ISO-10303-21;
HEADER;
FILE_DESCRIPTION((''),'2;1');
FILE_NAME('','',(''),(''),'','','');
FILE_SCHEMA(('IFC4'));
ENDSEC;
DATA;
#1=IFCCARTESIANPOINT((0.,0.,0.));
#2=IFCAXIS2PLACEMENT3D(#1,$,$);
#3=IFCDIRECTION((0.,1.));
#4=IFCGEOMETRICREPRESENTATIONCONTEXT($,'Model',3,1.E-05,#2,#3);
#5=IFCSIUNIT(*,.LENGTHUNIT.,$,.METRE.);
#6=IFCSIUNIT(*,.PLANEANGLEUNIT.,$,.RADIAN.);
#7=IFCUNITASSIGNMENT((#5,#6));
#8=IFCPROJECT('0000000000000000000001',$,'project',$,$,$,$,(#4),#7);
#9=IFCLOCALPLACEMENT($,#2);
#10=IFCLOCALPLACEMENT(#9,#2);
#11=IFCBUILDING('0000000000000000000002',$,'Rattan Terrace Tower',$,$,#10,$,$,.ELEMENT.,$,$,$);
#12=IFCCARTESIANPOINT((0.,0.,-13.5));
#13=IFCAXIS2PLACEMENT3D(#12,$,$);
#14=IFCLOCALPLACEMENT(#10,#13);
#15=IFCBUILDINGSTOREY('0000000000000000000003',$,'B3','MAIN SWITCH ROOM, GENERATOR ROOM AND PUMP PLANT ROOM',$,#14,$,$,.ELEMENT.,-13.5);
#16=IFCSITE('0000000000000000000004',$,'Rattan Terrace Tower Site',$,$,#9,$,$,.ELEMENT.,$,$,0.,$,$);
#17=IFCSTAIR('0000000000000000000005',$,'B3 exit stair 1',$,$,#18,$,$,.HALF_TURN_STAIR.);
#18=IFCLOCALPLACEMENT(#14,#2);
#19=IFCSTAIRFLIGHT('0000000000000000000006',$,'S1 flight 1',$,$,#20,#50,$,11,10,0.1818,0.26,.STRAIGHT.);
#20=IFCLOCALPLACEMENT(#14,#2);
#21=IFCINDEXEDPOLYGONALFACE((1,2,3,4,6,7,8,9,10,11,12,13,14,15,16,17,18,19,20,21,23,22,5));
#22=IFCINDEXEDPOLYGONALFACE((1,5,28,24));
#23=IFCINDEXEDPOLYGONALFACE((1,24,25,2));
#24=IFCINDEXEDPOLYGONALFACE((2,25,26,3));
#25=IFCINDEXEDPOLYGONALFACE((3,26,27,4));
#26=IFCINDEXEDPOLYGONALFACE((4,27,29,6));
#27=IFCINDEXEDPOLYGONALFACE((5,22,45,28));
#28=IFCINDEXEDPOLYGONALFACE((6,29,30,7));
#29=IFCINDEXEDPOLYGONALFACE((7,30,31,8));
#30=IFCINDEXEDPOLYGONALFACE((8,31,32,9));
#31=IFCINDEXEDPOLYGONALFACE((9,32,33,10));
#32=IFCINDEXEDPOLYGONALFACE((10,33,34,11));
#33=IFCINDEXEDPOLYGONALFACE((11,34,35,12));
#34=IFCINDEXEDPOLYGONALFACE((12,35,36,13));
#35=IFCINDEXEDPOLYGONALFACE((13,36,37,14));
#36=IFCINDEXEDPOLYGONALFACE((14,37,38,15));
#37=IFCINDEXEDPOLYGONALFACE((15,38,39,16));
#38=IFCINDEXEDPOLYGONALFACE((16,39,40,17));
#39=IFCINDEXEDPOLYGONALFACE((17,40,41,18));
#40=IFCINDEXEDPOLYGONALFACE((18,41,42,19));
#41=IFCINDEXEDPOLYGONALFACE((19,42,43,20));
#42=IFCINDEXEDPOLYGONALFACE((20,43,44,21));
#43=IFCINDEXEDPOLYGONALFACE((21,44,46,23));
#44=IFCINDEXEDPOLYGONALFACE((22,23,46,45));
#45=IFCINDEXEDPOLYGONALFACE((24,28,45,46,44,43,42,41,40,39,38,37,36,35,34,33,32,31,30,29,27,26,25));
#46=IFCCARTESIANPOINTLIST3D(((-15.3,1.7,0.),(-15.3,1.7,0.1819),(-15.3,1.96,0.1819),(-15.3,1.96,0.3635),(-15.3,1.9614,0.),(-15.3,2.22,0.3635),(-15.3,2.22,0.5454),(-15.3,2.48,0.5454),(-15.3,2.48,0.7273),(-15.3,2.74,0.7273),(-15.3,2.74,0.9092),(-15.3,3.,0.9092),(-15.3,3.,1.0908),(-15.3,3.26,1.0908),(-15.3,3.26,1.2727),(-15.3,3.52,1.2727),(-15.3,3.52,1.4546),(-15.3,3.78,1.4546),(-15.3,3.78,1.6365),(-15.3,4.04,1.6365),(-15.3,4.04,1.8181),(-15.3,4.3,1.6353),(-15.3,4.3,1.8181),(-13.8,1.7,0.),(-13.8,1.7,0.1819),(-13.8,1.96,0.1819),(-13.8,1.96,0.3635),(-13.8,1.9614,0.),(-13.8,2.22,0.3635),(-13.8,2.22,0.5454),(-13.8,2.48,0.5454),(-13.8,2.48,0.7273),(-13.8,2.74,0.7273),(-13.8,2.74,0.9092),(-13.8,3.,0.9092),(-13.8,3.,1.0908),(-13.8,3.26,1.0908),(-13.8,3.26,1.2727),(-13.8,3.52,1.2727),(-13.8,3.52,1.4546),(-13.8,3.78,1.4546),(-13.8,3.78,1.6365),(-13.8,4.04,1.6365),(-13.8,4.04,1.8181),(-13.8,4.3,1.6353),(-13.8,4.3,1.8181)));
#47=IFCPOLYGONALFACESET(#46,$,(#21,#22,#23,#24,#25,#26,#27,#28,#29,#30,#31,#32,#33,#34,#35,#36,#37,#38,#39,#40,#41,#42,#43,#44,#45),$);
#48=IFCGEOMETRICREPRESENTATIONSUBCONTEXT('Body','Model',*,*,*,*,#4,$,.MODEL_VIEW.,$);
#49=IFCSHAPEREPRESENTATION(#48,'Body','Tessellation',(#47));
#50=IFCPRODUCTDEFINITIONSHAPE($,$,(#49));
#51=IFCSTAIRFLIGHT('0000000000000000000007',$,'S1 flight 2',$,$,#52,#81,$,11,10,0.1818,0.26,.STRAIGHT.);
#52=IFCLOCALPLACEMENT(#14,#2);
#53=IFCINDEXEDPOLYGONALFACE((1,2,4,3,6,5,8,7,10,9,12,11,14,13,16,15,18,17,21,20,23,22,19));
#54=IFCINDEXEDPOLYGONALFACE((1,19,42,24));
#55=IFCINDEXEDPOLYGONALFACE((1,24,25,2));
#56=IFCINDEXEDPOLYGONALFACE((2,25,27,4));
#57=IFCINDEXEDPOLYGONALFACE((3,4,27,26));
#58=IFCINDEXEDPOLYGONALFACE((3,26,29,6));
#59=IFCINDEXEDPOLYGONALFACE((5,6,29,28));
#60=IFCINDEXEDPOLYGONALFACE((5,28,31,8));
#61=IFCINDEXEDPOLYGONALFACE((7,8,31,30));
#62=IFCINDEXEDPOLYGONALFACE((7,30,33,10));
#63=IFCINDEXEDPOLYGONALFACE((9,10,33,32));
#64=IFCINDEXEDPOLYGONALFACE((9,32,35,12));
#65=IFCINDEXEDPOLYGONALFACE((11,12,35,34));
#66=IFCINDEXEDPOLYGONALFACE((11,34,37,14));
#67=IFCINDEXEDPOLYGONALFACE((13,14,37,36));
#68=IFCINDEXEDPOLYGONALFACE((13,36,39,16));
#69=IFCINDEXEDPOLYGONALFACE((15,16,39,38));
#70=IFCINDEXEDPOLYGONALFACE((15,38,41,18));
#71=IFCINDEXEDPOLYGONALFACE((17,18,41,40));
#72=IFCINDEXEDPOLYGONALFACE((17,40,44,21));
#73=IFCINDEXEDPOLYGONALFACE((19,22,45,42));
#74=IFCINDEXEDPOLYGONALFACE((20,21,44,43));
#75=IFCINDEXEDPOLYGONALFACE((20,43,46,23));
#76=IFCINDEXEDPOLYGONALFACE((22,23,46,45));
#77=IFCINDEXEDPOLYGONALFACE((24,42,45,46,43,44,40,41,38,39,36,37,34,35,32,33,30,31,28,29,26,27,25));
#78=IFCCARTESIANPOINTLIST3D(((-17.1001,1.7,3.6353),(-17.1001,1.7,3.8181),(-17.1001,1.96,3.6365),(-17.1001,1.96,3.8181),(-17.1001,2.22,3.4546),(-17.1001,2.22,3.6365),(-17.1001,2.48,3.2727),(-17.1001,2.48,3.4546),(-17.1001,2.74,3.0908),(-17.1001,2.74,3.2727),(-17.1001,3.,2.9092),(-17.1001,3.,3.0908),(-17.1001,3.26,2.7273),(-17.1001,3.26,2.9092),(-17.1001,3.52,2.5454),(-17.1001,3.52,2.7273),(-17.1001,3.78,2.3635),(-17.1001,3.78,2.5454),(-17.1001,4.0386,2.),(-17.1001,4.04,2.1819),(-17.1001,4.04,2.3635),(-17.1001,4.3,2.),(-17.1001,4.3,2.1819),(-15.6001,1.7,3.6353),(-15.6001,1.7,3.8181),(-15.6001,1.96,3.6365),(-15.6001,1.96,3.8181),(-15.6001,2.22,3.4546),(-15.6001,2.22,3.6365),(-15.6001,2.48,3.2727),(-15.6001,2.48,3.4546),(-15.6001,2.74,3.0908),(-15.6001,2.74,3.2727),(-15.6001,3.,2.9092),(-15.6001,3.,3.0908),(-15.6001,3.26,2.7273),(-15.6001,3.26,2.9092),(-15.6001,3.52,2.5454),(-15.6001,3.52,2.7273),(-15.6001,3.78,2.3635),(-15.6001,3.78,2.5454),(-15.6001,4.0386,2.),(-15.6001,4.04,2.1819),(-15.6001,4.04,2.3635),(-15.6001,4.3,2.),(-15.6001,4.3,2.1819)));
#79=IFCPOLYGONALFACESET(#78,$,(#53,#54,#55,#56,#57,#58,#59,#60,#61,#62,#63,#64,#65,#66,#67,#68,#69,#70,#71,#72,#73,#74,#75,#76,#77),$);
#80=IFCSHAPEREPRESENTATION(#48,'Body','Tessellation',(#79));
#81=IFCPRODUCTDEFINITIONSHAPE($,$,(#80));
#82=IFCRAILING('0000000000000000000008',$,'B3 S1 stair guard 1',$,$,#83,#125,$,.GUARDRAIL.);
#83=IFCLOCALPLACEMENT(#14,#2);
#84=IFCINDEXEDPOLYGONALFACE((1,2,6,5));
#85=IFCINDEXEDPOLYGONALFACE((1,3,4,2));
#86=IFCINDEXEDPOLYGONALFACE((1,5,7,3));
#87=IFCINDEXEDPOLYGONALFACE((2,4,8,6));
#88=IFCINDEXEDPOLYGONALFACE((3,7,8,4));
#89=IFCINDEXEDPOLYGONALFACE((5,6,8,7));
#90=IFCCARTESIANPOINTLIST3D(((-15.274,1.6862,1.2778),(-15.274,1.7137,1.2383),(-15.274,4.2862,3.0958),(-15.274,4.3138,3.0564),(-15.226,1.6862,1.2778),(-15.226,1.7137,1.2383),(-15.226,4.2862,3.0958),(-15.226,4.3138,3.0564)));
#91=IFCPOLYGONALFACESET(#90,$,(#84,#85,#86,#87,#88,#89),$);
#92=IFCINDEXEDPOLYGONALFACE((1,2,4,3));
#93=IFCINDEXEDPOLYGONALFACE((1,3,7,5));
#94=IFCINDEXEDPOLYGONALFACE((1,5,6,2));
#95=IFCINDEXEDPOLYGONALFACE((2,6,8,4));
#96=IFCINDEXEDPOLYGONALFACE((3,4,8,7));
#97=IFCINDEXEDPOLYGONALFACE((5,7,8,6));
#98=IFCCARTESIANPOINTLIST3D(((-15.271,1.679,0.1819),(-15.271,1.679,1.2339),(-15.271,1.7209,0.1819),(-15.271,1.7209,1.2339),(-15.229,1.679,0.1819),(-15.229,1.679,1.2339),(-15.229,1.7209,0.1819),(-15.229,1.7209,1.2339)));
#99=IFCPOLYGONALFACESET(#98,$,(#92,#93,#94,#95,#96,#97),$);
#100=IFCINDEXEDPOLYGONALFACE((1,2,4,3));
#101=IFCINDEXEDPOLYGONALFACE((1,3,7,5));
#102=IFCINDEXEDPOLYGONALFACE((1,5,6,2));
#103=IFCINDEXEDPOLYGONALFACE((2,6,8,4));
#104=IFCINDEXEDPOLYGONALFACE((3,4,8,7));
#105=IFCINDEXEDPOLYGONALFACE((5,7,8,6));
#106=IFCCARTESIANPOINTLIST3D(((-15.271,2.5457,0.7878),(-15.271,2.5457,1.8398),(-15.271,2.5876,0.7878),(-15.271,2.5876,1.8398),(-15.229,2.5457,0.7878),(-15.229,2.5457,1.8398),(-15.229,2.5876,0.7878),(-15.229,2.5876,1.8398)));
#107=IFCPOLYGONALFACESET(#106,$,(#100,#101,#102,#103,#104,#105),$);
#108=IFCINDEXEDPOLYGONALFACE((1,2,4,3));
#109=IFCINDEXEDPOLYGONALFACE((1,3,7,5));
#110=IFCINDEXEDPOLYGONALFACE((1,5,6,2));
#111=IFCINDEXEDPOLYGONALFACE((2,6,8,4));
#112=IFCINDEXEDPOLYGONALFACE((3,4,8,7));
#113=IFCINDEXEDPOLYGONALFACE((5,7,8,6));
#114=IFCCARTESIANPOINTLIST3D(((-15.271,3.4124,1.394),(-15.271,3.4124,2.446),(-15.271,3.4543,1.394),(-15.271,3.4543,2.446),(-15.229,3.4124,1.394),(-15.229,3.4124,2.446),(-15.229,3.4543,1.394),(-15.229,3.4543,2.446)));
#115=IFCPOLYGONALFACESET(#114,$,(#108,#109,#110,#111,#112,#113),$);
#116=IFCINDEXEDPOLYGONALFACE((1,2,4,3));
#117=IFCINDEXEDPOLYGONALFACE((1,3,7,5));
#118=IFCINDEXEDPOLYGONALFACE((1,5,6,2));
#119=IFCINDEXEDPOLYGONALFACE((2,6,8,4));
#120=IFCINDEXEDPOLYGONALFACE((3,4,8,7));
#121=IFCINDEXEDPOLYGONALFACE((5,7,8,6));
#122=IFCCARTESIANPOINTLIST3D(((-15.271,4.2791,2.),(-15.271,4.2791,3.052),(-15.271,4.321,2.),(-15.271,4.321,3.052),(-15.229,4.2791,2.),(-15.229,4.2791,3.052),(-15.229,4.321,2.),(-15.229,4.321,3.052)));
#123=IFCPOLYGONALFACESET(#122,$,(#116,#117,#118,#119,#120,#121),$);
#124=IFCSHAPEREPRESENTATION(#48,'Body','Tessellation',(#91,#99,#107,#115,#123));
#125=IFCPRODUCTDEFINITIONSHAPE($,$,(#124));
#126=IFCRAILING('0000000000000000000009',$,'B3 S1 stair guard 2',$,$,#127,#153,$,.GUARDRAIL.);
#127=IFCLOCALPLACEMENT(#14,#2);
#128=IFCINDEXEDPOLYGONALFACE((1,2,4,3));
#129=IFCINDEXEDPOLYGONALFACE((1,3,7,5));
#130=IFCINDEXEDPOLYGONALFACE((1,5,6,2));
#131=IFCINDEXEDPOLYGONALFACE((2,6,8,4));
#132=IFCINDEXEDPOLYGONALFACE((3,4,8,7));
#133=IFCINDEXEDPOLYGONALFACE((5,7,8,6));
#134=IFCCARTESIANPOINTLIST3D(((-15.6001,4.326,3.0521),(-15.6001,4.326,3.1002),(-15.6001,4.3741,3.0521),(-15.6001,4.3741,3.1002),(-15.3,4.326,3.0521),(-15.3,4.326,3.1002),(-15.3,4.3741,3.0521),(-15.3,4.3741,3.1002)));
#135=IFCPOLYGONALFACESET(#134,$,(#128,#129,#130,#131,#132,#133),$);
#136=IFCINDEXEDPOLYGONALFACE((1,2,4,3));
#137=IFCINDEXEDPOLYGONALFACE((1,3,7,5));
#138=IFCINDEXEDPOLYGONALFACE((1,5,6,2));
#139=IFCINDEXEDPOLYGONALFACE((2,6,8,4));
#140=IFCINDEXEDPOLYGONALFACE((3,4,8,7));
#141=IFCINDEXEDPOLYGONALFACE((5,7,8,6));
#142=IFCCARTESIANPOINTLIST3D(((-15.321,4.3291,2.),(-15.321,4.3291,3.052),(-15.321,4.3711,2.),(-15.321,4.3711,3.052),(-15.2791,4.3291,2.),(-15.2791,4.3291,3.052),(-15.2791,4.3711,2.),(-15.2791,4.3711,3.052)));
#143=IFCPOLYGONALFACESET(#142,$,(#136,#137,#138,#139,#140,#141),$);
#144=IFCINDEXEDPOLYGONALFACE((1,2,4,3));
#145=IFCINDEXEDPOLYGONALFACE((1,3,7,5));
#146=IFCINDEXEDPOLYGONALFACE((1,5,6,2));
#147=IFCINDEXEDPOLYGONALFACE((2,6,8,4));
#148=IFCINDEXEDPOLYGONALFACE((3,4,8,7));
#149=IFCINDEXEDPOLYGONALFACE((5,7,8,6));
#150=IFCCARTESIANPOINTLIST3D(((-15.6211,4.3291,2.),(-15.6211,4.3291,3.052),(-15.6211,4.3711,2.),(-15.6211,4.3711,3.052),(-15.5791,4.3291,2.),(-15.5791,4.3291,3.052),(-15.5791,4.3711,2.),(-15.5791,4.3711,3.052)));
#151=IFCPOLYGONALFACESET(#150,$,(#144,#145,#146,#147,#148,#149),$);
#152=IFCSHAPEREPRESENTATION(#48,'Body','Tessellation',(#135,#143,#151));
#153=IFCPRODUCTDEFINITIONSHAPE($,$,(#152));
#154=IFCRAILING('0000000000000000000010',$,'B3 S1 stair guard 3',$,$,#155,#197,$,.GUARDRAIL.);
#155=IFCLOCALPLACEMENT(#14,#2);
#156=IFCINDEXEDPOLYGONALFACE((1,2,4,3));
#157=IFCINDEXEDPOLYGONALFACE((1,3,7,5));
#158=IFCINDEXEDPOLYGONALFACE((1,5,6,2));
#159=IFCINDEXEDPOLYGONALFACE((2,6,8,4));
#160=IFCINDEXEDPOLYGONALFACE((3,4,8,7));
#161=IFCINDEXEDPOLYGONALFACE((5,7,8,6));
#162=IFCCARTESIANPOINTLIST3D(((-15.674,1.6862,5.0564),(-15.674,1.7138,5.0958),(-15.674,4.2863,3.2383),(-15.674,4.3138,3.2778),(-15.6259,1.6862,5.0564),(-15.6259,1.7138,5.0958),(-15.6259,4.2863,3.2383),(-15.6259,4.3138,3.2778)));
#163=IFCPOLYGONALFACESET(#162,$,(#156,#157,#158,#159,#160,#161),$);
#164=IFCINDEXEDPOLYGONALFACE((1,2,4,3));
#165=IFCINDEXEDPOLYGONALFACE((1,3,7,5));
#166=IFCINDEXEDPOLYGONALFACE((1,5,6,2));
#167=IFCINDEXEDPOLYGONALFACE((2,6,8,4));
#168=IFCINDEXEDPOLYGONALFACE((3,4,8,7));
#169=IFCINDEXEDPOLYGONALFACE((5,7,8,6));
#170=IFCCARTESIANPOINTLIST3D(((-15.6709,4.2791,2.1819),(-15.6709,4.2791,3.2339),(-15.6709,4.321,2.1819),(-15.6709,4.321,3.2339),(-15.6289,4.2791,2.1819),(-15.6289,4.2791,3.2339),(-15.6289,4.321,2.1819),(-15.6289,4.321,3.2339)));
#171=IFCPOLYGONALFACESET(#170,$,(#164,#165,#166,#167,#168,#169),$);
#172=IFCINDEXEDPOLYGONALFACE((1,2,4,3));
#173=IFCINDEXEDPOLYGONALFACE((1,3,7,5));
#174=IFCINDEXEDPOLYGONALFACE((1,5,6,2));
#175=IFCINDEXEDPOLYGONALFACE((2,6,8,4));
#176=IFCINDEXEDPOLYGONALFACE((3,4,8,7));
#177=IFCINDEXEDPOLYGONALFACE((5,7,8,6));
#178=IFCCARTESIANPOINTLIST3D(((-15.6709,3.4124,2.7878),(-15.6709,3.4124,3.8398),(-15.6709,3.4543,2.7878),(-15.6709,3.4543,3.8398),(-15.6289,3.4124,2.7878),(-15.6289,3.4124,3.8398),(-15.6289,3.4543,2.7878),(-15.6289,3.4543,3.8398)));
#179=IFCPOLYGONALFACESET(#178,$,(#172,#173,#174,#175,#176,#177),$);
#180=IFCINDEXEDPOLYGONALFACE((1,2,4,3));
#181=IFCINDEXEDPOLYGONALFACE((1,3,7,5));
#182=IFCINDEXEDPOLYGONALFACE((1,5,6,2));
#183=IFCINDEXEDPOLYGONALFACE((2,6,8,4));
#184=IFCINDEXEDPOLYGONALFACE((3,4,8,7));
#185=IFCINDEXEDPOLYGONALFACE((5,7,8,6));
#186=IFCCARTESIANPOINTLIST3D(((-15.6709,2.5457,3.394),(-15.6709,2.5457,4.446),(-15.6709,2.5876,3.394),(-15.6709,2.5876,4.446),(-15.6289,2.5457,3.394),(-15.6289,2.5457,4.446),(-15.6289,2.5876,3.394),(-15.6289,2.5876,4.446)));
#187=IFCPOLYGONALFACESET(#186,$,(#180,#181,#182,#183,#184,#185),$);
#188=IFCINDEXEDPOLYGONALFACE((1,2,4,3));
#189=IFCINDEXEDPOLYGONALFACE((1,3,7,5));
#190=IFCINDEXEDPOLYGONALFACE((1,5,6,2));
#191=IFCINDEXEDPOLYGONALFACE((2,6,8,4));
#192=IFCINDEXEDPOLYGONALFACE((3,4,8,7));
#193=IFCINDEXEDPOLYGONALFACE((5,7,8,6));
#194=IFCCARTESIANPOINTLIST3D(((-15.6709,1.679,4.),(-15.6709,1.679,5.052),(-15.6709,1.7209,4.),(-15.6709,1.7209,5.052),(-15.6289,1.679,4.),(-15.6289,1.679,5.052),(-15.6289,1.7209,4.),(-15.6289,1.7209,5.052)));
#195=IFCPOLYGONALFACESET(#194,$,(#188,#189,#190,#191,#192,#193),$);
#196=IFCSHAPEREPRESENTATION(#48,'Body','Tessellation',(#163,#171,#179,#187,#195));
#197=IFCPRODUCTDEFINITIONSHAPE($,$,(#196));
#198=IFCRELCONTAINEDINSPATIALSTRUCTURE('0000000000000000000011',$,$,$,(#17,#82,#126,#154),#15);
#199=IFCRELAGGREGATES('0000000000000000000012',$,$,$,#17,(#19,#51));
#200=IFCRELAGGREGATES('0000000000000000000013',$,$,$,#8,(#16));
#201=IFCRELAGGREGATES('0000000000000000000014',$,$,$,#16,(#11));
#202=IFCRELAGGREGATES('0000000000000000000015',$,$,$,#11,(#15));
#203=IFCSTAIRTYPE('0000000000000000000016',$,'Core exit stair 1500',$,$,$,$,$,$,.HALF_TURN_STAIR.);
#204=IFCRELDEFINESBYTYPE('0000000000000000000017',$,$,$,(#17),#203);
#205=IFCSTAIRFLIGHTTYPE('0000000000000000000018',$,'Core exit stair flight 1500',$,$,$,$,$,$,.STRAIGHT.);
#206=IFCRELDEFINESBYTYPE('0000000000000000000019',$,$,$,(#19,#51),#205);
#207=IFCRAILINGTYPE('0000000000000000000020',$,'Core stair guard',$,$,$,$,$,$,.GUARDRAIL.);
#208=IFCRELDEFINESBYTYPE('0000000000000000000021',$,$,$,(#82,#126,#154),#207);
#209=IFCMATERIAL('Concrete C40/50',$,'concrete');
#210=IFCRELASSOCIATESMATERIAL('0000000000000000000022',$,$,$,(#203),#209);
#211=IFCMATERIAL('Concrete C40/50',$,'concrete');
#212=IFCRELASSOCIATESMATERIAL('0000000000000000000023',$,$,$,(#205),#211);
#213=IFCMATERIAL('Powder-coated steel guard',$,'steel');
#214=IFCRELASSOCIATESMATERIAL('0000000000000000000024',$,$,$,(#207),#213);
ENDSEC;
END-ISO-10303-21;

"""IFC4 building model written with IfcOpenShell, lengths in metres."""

from ifc_helpers import new_model, si_unit, direction, frame, origin, origin_2d, place, context, subcontext, project, spatial, polyline, rectangle, outline, extrude, material, type_object, element, aggregate, save


model = new_model("IFC4")

# Units and contexts
model_context = context("Model", 3, precision=1e-05, world=origin(), true_north=direction((0.0, 1.0)))
body_context = subcontext(model_context, "Body", "Model", "MODEL_VIEW")
ifc_project = project(units=[si_unit("LENGTHUNIT", "METRE"), si_unit("PLANEANGLEUNIT", "RADIAN")], contexts=[model_context])

# Site, building, storey
site_placement = place(None, origin())
site = spatial("IfcSite", under=ifc_project, at=site_placement, Name="Rattan Terrace Tower Site", CompositionType="ELEMENT", RefElevation=0.0)
building_placement = place(site_placement, origin())
building = spatial("IfcBuilding", under=site, at=building_placement, Name="Rattan Terrace Tower", CompositionType="ELEMENT")
storey_placement = place(building_placement, frame((0.0, 0.0, -13.5)))
storey = spatial("IfcBuildingStorey", under=building, at=storey_placement, Name="B3", Description="MAIN SWITCH ROOM, GENERATOR ROOM AND PUMP PLANT ROOM", CompositionType="ELEMENT", Elevation=-13.5)

# Stair, stair flights
ifc_material_1 = material(Name="Concrete C40/50", Category="concrete")
stair_type = type_object("IfcStairType", Name="Core exit stair 1500", PredefinedType="HALF_TURN_STAIR", material=ifc_material_1)
stair_placement = place(storey_placement, origin())
stair = element("IfcStair", 1, at=stair_placement, inside=storey, type_object=stair_type, Name="B3 exit stair 1", PredefinedType="HALF_TURN_STAIR")
ifc_material_2 = material(Name="Concrete C40/50", Category="concrete")
stair_flight_type = type_object("IfcStairFlightType", Name="Core exit stair flight 1500", PredefinedType="STRAIGHT", material=ifc_material_2)
stair_flight_1_placement = place(storey_placement, frame((-14.55, 1.7, 0.0), z_axis=(0.0, 0.0, 1.0), x_axis=(0.0, 1.0, 0.0)))
stair_flight_1 = element("IfcStairFlight", 2, at=stair_flight_1_placement, type_object=stair_flight_type, Name="S1 flight 1", NumberOfRisers=11, NumberOfTreads=10, PredefinedType="STRAIGHT", RiserHeight=0.1818, TreadLength=0.26, context=body_context, shape_type="SweptSolid", body=[
    extrude(outline(polyline([(0.0, 0.0), (0.0, 0.1819), (0.26, 0.1819), (0.26, 0.3635), (0.52, 0.3635), (0.52, 0.5454), (0.78, 0.5454), (0.78, 0.7273), (1.04, 0.7273), (1.04, 0.9092), (1.3, 0.9092), (1.3, 1.0908), (1.5601, 1.0908), (1.5601, 1.2727), (1.8201, 1.2727), (1.8201, 1.4546), (2.0801, 1.4546), (2.0801, 1.6365), (2.3401, 1.6365), (2.3401, 1.8181), (2.6001, 1.8181), (2.6001, 2.0), (2.6001, 1.6353), (0.2615, 0.0), (0.0, 0.0)])), frame((0.0, 0.75, 0.0), z_axis=(0.0, -1.0, 0.0), x_axis=(1.0, 0.0, 0.0)), (0.0, 0.0, 1.0), 1.5),
])
stair_flight_2_placement = place(storey_placement, frame((-16.3501, 4.3, 2.0), z_axis=(0.0, 0.0, 1.0), x_axis=(0.0, -1.0, 0.0)))
stair_flight_2 = element("IfcStairFlight", 3, at=stair_flight_2_placement, type_object=stair_flight_type, Name="S1 flight 2", NumberOfRisers=11, NumberOfTreads=10, PredefinedType="STRAIGHT", RiserHeight=0.1818, TreadLength=0.26, context=body_context, shape_type="SweptSolid", body=[
    extrude(outline(polyline([(0.0, 0.0), (0.0, 0.1819), (0.26, 0.1819), (0.26, 0.3635), (0.52, 0.3635), (0.52, 0.5454), (0.78, 0.5454), (0.78, 0.7273), (1.04, 0.7273), (1.04, 0.9092), (1.3, 0.9092), (1.3, 1.0908), (1.5601, 1.0908), (1.5601, 1.2727), (1.8201, 1.2727), (1.8201, 1.4546), (2.0801, 1.4546), (2.0801, 1.6365), (2.3401, 1.6365), (2.3401, 1.8181), (2.6001, 1.8181), (2.6001, 2.0), (2.6001, 1.6353), (0.2615, 0.0), (0.0, 0.0)])), frame((0.0, 0.75, 0.0), z_axis=(0.0, -1.0, 0.0), x_axis=(1.0, 0.0, 0.0)), (0.0, 0.0, 1.0), 1.5),
])
aggregate(stair, [stair_flight_1, stair_flight_2])

# Railings
ifc_material_3 = material(Name="Powder-coated steel guard", Category="steel")
railing_type_1 = type_object("IfcRailingType", Name="Core stair guard", PredefinedType="GUARDRAIL", material=ifc_material_3)
railing_1_placement = place(storey_placement, frame((-15.25, 1.7, 0.1819)))
element("IfcRailing", 4, at=railing_1_placement, inside=storey, type_object=railing_type_1, Name="B3 S1 stair guard 1", PredefinedType="GUARDRAIL", context=body_context, shape_type="SweptSolid", body=[
    extrude(rectangle(XDim=0.0481, YDim=0.0481, at=origin_2d()), frame((0.0, 0.0, 1.0762), z_axis=(0.0, 0.819521, 0.573049), x_axis=(-1.0, 0.0, 0.0)), (0.0, 0.0, 1.0), 3.1726),
    extrude(rectangle(XDim=0.042, YDim=0.042, at=origin_2d()), origin(), (0.0, 0.0, 1.0), 1.052),
    extrude(rectangle(XDim=0.042, YDim=0.042, at=origin_2d()), frame((0.0, 0.8667, 0.606)), (0.0, 0.0, 1.0), 1.052),
    extrude(rectangle(XDim=0.042, YDim=0.042, at=origin_2d()), frame((0.0, 1.7334, 1.2122)), (0.0, 0.0, 1.0), 1.052),
    extrude(rectangle(XDim=0.042, YDim=0.042, at=origin_2d()), frame((0.0, 2.6001, 1.8181)), (0.0, 0.0, 1.0), 1.052),
])
railing_2_placement = place(storey_placement, frame((-15.3, 4.3501, 2.0)))
element("IfcRailing", 5, at=railing_2_placement, inside=storey, type_object=railing_type_1, Name="B3 S1 stair guard 2", PredefinedType="GUARDRAIL", context=body_context, shape_type="SweptSolid", body=[
    extrude(rectangle(XDim=0.0481, YDim=0.0481, at=origin_2d()), frame((0.0, 0.0, 1.0762), z_axis=(-1.0, 0.0, 0.0), x_axis=(0.0, -1.0, 0.0)), (0.0, 0.0, 1.0), 0.3),
    extrude(rectangle(XDim=0.042, YDim=0.042, at=origin_2d()), origin(), (0.0, 0.0, 1.0), 1.052),
    extrude(rectangle(XDim=0.042, YDim=0.042, at=origin_2d()), frame((-0.3, 0.0, 0.0)), (0.0, 0.0, 1.0), 1.052),
])
railing_3_placement = place(storey_placement, frame((-15.6499, 4.3, 2.1819)))
element("IfcRailing", 6, at=railing_3_placement, inside=storey, type_object=railing_type_1, Name="B3 S1 stair guard 3", PredefinedType="GUARDRAIL", context=body_context, shape_type="SweptSolid", body=[
    extrude(rectangle(XDim=0.0481, YDim=0.0481, at=origin_2d()), frame((0.0, 0.0, 1.0762), z_axis=(0.0, -0.819521, 0.573049), x_axis=(1.0, 0.0, 0.0)), (0.0, 0.0, 1.0), 3.1726),
    extrude(rectangle(XDim=0.042, YDim=0.042, at=origin_2d()), origin(), (0.0, 0.0, 1.0), 1.052),
    extrude(rectangle(XDim=0.042, YDim=0.042, at=origin_2d()), frame((0.0, -0.8667, 0.606)), (0.0, 0.0, 1.0), 1.052),
    extrude(rectangle(XDim=0.042, YDim=0.042, at=origin_2d()), frame((0.0, -1.7334, 1.2122)), (0.0, 0.0, 1.0), 1.052),
    extrude(rectangle(XDim=0.042, YDim=0.042, at=origin_2d()), frame((0.0, -2.6001, 1.8181)), (0.0, 0.0, 1.0), 1.052),
])

save(model, "model.ifc")
